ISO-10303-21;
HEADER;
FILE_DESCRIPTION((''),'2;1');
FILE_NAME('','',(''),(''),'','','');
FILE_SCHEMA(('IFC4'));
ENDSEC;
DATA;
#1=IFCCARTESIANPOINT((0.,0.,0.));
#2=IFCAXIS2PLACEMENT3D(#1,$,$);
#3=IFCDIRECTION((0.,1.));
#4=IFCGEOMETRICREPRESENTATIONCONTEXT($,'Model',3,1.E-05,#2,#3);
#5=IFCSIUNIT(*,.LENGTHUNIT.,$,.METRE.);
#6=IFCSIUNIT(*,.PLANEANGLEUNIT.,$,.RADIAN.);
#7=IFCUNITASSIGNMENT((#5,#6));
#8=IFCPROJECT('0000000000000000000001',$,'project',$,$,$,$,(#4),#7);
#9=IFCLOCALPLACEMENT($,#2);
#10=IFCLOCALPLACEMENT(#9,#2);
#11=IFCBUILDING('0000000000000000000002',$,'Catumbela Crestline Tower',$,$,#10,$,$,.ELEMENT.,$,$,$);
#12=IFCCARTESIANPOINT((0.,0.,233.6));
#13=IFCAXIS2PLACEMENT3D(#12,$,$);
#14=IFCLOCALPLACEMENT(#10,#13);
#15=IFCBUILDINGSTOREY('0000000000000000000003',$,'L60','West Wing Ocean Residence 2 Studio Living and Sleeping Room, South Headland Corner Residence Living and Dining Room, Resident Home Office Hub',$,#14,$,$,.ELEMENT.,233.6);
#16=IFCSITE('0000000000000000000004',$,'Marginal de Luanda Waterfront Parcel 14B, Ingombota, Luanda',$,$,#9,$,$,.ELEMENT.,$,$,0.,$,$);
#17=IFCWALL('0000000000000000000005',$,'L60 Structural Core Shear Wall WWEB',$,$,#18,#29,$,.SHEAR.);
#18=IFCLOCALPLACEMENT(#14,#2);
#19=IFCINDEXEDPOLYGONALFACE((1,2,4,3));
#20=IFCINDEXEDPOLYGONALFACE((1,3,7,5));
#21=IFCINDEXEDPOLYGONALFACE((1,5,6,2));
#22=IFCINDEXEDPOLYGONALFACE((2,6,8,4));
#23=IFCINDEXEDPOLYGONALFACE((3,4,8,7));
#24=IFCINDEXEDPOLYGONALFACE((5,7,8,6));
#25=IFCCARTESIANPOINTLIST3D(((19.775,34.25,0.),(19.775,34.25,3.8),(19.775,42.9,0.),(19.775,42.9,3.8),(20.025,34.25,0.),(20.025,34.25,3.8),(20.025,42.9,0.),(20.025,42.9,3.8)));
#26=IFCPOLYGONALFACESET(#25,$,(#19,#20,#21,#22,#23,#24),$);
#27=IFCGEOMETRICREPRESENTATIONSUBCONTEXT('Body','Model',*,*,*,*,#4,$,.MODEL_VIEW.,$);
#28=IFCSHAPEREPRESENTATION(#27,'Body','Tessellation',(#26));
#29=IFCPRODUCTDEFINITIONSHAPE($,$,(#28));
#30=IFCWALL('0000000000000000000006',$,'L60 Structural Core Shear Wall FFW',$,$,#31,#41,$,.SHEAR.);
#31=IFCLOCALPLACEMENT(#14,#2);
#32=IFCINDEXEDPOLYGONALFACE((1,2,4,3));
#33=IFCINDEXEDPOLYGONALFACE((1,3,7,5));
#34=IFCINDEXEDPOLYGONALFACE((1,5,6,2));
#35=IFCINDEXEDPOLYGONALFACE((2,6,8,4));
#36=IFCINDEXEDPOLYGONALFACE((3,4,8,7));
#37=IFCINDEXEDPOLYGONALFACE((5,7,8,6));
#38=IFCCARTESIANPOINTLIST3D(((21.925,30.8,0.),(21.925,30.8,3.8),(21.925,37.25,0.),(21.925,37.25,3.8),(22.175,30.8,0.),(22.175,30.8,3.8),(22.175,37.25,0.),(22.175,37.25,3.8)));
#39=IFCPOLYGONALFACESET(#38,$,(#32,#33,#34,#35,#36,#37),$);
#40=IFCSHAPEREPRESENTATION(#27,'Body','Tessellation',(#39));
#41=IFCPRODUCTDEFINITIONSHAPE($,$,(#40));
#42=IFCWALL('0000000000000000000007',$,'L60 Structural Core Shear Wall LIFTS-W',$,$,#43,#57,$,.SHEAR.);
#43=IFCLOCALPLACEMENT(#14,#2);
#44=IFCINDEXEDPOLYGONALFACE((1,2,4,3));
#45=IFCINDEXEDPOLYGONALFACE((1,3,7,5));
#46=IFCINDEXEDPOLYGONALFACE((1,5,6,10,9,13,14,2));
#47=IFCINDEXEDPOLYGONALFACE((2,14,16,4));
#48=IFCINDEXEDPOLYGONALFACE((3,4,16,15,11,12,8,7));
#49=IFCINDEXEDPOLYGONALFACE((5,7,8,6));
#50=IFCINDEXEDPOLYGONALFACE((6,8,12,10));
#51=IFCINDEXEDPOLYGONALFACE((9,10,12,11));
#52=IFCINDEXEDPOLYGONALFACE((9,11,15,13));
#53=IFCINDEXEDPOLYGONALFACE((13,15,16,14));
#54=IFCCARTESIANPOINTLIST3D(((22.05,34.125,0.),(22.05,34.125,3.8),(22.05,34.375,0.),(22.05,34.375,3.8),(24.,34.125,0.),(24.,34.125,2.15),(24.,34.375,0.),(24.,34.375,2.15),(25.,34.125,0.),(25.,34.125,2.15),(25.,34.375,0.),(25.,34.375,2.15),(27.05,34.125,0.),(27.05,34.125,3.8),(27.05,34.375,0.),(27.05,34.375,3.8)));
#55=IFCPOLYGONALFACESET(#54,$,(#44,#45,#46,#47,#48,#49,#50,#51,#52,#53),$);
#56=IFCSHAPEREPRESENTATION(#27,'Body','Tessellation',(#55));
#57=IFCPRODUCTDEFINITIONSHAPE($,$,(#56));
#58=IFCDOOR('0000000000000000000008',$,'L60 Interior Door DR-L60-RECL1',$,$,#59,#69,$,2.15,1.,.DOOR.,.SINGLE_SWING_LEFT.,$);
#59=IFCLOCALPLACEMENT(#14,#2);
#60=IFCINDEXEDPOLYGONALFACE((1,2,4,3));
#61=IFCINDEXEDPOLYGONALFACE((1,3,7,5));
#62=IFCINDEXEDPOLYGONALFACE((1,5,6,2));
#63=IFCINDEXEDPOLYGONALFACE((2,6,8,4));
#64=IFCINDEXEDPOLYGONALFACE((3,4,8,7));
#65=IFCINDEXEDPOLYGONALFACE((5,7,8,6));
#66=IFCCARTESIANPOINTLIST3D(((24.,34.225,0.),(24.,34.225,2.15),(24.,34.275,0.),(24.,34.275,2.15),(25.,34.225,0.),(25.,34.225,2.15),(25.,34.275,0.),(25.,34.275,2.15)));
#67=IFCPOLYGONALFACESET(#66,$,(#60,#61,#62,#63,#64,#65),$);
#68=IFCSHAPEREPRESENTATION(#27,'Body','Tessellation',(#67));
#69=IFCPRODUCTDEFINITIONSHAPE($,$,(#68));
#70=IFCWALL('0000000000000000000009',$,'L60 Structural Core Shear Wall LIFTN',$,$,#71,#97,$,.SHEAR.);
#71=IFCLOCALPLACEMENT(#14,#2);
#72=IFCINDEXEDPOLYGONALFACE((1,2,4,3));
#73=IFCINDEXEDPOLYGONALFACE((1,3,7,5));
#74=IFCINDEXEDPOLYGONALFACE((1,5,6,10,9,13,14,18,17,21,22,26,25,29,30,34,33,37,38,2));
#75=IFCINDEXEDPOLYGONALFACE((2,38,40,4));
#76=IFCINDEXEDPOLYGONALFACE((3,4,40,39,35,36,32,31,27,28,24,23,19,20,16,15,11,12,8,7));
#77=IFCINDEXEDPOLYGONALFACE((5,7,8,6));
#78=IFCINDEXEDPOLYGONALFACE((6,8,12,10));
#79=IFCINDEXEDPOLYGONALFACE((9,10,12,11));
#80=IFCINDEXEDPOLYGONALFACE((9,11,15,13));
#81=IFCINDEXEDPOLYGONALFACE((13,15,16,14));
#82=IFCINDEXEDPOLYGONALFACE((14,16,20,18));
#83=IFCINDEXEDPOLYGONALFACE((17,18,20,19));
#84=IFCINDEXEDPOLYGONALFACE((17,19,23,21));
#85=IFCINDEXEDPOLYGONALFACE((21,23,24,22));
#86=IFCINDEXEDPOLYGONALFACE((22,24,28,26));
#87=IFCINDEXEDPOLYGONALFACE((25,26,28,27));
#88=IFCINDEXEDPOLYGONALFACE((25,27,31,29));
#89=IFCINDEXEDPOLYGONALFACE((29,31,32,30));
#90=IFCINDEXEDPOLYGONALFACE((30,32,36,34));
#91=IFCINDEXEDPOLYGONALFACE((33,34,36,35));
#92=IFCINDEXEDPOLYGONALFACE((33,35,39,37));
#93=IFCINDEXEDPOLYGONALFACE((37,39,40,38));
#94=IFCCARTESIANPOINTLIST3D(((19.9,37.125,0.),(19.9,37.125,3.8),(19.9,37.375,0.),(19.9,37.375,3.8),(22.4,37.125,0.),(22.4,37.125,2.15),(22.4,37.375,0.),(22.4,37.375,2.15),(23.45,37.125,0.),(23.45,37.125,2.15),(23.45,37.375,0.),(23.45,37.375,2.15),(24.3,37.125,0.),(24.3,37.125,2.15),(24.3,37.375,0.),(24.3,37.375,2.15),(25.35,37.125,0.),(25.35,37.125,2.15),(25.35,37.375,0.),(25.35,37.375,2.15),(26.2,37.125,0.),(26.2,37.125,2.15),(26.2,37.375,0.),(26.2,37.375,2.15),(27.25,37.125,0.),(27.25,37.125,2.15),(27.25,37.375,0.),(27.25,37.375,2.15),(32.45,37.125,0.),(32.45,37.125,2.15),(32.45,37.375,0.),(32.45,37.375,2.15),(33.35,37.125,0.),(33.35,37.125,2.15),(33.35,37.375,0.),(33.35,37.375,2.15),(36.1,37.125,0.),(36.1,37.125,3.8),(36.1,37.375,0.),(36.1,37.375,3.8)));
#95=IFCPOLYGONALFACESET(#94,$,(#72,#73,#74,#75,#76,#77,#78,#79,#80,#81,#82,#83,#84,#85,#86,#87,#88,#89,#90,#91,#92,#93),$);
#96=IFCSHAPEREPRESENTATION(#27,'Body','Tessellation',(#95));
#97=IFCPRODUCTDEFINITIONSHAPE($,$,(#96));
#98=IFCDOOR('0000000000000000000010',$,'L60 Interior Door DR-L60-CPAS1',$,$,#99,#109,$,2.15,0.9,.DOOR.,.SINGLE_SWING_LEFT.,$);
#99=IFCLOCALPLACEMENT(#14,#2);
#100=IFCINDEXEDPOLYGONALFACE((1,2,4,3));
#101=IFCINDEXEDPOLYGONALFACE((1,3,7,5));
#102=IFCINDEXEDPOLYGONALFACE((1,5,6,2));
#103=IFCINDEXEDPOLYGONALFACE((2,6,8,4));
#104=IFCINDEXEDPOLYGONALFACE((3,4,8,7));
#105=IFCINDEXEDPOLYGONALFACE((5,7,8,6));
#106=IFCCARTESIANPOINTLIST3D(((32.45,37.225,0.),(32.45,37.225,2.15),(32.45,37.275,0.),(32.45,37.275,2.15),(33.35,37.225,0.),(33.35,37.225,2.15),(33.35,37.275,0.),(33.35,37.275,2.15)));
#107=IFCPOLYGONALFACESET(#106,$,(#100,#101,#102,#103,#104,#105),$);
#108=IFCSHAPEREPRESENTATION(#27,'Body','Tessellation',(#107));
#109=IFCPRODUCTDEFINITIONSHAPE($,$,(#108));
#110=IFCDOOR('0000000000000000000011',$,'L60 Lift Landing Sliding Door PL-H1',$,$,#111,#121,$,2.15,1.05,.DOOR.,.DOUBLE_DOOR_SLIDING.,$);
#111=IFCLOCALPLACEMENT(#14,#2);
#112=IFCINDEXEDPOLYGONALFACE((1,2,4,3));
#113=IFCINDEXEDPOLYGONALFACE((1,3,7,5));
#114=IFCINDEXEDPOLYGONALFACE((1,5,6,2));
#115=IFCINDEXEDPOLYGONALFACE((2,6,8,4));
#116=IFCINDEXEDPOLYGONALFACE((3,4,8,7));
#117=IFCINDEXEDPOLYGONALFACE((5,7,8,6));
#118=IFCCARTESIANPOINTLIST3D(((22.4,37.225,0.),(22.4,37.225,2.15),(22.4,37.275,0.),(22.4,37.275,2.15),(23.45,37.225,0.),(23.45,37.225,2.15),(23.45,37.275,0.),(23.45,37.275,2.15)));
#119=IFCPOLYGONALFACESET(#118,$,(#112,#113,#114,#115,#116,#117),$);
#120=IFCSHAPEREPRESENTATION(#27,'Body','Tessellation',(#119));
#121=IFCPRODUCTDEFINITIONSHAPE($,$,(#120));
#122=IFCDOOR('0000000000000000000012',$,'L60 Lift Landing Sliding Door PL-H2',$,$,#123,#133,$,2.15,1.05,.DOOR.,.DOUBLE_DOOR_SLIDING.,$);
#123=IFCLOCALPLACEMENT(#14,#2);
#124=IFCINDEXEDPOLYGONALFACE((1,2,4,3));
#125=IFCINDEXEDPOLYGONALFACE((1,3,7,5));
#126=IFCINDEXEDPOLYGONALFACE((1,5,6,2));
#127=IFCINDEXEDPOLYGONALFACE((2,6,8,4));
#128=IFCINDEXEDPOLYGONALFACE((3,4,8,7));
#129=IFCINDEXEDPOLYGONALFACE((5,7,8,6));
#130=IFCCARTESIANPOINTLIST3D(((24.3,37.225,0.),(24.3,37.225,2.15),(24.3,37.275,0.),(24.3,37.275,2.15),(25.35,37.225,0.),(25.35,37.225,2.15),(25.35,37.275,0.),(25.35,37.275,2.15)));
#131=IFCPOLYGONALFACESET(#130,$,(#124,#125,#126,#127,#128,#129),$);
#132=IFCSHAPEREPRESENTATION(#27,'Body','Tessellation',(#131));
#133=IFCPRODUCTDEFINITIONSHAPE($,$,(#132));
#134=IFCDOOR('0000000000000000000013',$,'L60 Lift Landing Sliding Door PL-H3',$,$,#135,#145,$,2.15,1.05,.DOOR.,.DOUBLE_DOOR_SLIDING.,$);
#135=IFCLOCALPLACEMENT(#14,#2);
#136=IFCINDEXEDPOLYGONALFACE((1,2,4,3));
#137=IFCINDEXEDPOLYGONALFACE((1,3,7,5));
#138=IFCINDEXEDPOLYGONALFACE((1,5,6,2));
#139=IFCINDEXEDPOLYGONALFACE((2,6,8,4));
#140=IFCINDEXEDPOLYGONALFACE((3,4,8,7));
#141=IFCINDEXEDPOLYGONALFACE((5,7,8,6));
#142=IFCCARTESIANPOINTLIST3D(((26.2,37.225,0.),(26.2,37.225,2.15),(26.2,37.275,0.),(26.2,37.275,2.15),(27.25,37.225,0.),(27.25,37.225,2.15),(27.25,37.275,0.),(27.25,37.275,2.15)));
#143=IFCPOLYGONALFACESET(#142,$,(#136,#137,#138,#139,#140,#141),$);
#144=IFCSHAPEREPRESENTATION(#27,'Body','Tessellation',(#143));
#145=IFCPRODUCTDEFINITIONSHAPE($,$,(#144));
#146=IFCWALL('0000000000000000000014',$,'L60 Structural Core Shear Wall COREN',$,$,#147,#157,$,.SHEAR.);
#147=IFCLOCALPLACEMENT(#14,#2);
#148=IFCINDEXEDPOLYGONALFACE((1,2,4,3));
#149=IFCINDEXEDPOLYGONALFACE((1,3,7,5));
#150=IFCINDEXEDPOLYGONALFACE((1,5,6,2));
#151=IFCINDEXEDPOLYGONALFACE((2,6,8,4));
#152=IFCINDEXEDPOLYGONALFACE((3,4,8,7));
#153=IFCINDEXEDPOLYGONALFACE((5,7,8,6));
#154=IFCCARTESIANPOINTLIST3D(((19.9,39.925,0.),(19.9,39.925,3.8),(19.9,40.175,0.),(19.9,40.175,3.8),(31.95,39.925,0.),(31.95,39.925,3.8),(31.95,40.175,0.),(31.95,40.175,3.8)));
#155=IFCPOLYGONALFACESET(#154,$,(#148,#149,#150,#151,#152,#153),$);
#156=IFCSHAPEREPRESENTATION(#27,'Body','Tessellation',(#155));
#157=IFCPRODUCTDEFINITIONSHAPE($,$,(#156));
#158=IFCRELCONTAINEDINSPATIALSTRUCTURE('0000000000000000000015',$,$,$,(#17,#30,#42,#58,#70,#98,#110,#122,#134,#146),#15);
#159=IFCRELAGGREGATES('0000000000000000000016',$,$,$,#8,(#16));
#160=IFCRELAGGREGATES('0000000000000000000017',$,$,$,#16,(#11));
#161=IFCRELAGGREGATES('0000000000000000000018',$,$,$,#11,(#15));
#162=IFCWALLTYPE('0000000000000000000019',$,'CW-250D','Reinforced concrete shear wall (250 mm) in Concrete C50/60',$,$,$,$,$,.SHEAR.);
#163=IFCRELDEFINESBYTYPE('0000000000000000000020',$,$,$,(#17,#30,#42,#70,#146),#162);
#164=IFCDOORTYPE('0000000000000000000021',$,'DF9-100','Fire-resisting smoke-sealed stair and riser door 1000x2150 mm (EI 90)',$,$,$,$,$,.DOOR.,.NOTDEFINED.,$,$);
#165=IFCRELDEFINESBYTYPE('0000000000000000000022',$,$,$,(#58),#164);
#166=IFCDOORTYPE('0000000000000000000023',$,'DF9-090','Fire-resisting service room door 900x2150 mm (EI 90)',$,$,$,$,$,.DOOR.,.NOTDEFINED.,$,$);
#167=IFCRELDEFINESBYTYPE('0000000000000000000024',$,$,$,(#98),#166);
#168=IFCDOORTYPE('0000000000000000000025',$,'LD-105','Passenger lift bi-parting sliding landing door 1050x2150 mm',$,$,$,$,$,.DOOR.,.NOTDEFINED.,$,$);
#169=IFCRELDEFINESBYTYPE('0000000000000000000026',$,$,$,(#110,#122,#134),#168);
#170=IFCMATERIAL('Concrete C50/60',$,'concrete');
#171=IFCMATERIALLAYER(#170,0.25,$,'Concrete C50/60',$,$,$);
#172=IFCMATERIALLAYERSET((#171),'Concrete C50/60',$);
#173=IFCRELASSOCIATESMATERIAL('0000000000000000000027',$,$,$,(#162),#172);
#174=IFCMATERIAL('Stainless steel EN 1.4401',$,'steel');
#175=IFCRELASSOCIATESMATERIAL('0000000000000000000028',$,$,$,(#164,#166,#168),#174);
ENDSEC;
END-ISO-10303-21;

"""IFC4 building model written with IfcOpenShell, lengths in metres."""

from ifc_helpers import new_model, si_unit, direction, frame, frame_2d, origin, place, context, subcontext, project, spatial, rectangle, extrude, material, layer, layer_set, type_object, element, fill, save


model = new_model("IFC4")

# Units and contexts
model_context = context("Model", 3, precision=1e-05, world=origin(), true_north=direction((0.0, 1.0)))
body_context = subcontext(model_context, "Body", "Model", "MODEL_VIEW")
ifc_project = project(units=[si_unit("LENGTHUNIT", "METRE"), si_unit("PLANEANGLEUNIT", "RADIAN")], contexts=[model_context])

# Site, building, storey
site_placement = place(None, origin())
site = spatial("IfcSite", under=ifc_project, at=site_placement, Name="Marginal de Luanda Waterfront Parcel 14B, Ingombota, Luanda", CompositionType="ELEMENT", RefElevation=0.0)
building_placement = place(site_placement, origin())
building = spatial("IfcBuilding", under=site, at=building_placement, Name="Catumbela Crestline Tower", CompositionType="ELEMENT")
storey_placement = place(building_placement, frame((0.0, 0.0, 233.6)))
storey = spatial("IfcBuildingStorey", under=building, at=storey_placement, Name="L60", Description="West Wing Ocean Residence 2 Studio Living and Sleeping Room, South Headland Corner Residence Living and Dining Room, Resident Home Office Hub", CompositionType="ELEMENT", Elevation=233.6)

# Walls
ifc_material_1 = material(Name="Concrete C50/60", Category="concrete")
ifc_layer_1 = layer(ifc_material_1, 0.25, Name="Concrete C50/60")
ifc_layer_set_1 = layer_set([ifc_layer_1], Name="Concrete C50/60")
wall_type_1 = type_object("IfcWallType", Name="CW-250D", Description="Reinforced concrete shear wall (250 mm) in Concrete C50/60", PredefinedType="SHEAR", material=ifc_layer_set_1)
wall_1_placement = place(storey_placement, frame((19.9, 34.25, 0.0), z_axis=(0.0, 0.0, 1.0), x_axis=(0.0, 1.0, 0.0)))
element("IfcWall", 1, at=wall_1_placement, inside=storey, type_object=wall_type_1, Name="L60 Structural Core Shear Wall WWEB", PredefinedType="SHEAR", context=body_context, shape_type="SweptSolid", body=[
    extrude(rectangle(XDim=8.65, YDim=0.25, at=frame_2d((4.325, 0.0))), origin(), (0.0, 0.0, 1.0), 3.8),
])
wall_2_placement = place(storey_placement, frame((22.05, 30.8, 0.0), z_axis=(0.0, 0.0, 1.0), x_axis=(0.0, 1.0, 0.0)))
element("IfcWall", 2, at=wall_2_placement, inside=storey, type_object=wall_type_1, Name="L60 Structural Core Shear Wall FFW", PredefinedType="SHEAR", context=body_context, shape_type="SweptSolid", body=[
    extrude(rectangle(XDim=6.45, YDim=0.25, at=frame_2d((3.225, 0.0))), origin(), (0.0, 0.0, 1.0), 3.8),
])

# Wall, opening, door
wall_3_placement = place(storey_placement, frame((22.05, 34.25, 0.0), z_axis=(0.0, 0.0, 1.0), x_axis=(1.0, 0.0, 0.0)))
wall_3 = element("IfcWall", 3, at=wall_3_placement, inside=storey, type_object=wall_type_1, Name="L60 Structural Core Shear Wall LIFTS-W", PredefinedType="SHEAR", context=body_context, shape_type="SweptSolid", body=[
    extrude(rectangle(XDim=5.0, YDim=0.25, at=frame_2d((2.5, 0.0))), origin(), (0.0, 0.0, 1.0), 3.8),
])
opening_1_placement = place(wall_3_placement, frame((1.95, 0.0, 0.0)))
opening_1 = element("IfcOpeningElement", 4, at=opening_1_placement, cuts=wall_3, PredefinedType="OPENING", context=body_context, shape_type="SweptSolid", body=[
    extrude(rectangle(XDim=1.0, YDim=2.15, at=frame_2d((0.5, 1.075))), frame((0.0, 0.135, 0.0), z_axis=(0.0, -1.0, 0.0), x_axis=(1.0, 0.0, 0.0)), (0.0, 0.0, 1.0), 0.27),
])
ifc_material_2 = material(Name="Stainless steel EN 1.4401", Category="steel")
door_type_1 = type_object("IfcDoorType", Name="DF9-100", Description="Fire-resisting smoke-sealed stair and riser door 1000x2150 mm (EI 90)", OperationType="NOTDEFINED", PredefinedType="DOOR", material=ifc_material_2)
door_1_placement = place(opening_1_placement, origin())
door_1 = element("IfcDoor", 5, at=door_1_placement, inside=storey, type_object=door_type_1, Name="L60 Interior Door DR-L60-RECL1", OperationType="SINGLE_SWING_LEFT", OverallHeight=2.15, OverallWidth=1.0, PredefinedType="DOOR", context=body_context, shape_type="SweptSolid", body=[
    extrude(rectangle(XDim=1.0, YDim=2.15, at=frame_2d((0.5, 1.075))), frame((0.0, 0.025, 0.0), z_axis=(0.0, -1.0, 0.0), x_axis=(1.0, 0.0, 0.0)), (0.0, 0.0, 1.0), 0.05),
])
fill(opening_1, door_1)

# Wall, openings, doors
wall_4_placement = place(storey_placement, frame((19.9, 37.25, 0.0), z_axis=(0.0, 0.0, 1.0), x_axis=(1.0, 0.0, 0.0)))
wall_4 = element("IfcWall", 6, at=wall_4_placement, inside=storey, type_object=wall_type_1, Name="L60 Structural Core Shear Wall LIFTN", PredefinedType="SHEAR", context=body_context, shape_type="SweptSolid", body=[
    extrude(rectangle(XDim=16.2, YDim=0.25, at=frame_2d((8.1, 0.0))), origin(), (0.0, 0.0, 1.0), 3.8),
])
opening_2_placement = place(wall_4_placement, frame((12.55, 0.0, 0.0)))
opening_2 = element("IfcOpeningElement", 7, at=opening_2_placement, cuts=wall_4, PredefinedType="OPENING", context=body_context, shape_type="SweptSolid", body=[
    extrude(rectangle(XDim=0.9, YDim=2.15, at=frame_2d((0.45, 1.075))), frame((0.0, 0.135, 0.0), z_axis=(0.0, -1.0, 0.0), x_axis=(1.0, 0.0, 0.0)), (0.0, 0.0, 1.0), 0.27),
])
opening_3_placement = place(wall_4_placement, frame((2.5, 0.0, 0.0)))
opening_3 = element("IfcOpeningElement", 8, at=opening_3_placement, cuts=wall_4, PredefinedType="OPENING", context=body_context, shape_type="SweptSolid", body=[
    extrude(rectangle(XDim=1.05, YDim=2.15, at=frame_2d((0.525, 1.075))), frame((0.0, 0.135, 0.0), z_axis=(0.0, -1.0, 0.0), x_axis=(1.0, 0.0, 0.0)), (0.0, 0.0, 1.0), 0.27),
])
opening_4_placement = place(wall_4_placement, frame((4.4, 0.0, 0.0)))
opening_4 = element("IfcOpeningElement", 9, at=opening_4_placement, cuts=wall_4, PredefinedType="OPENING", context=body_context, shape_type="SweptSolid", body=[
    extrude(rectangle(XDim=1.05, YDim=2.15, at=frame_2d((0.525, 1.075))), frame((0.0, 0.135, 0.0), z_axis=(0.0, -1.0, 0.0), x_axis=(1.0, 0.0, 0.0)), (0.0, 0.0, 1.0), 0.27),
])
opening_5_placement = place(wall_4_placement, frame((6.3, 0.0, 0.0)))
opening_5 = element("IfcOpeningElement", 10, at=opening_5_placement, cuts=wall_4, PredefinedType="OPENING", context=body_context, shape_type="SweptSolid", body=[
    extrude(rectangle(XDim=1.05, YDim=2.15, at=frame_2d((0.525, 1.075))), frame((0.0, 0.135, 0.0), z_axis=(0.0, -1.0, 0.0), x_axis=(1.0, 0.0, 0.0)), (0.0, 0.0, 1.0), 0.27),
])
door_type_2 = type_object("IfcDoorType", Name="DF9-090", Description="Fire-resisting service room door 900x2150 mm (EI 90)", OperationType="NOTDEFINED", PredefinedType="DOOR", material=ifc_material_2)
door_2_placement = place(opening_2_placement, origin())
door_2 = element("IfcDoor", 11, at=door_2_placement, inside=storey, type_object=door_type_2, Name="L60 Interior Door DR-L60-CPAS1", OperationType="SINGLE_SWING_LEFT", OverallHeight=2.15, OverallWidth=0.9, PredefinedType="DOOR", context=body_context, shape_type="SweptSolid", body=[
    extrude(rectangle(XDim=0.9, YDim=2.15, at=frame_2d((0.45, 1.075))), frame((0.0, 0.025, 0.0), z_axis=(0.0, -1.0, 0.0), x_axis=(1.0, 0.0, 0.0)), (0.0, 0.0, 1.0), 0.05),
])
fill(opening_2, door_2)
door_type_3 = type_object("IfcDoorType", Name="LD-105", Description="Passenger lift bi-parting sliding landing door 1050x2150 mm", OperationType="NOTDEFINED", PredefinedType="DOOR", material=ifc_material_2)
door_3_placement = place(opening_3_placement, origin())
door_3 = element("IfcDoor", 12, at=door_3_placement, inside=storey, type_object=door_type_3, Name="L60 Lift Landing Sliding Door PL-H1", OperationType="DOUBLE_DOOR_SLIDING", OverallHeight=2.15, OverallWidth=1.05, PredefinedType="DOOR", context=body_context, shape_type="SweptSolid", body=[
    extrude(rectangle(XDim=1.05, YDim=2.15, at=frame_2d((0.525, 1.075))), frame((0.0, 0.025, 0.0), z_axis=(0.0, -1.0, 0.0), x_axis=(1.0, 0.0, 0.0)), (0.0, 0.0, 1.0), 0.05),
])
fill(opening_3, door_3)
door_4_placement = place(opening_4_placement, origin())
door_4 = element("IfcDoor", 13, at=door_4_placement, inside=storey, type_object=door_type_3, Name="L60 Lift Landing Sliding Door PL-H2", OperationType="DOUBLE_DOOR_SLIDING", OverallHeight=2.15, OverallWidth=1.05, PredefinedType="DOOR", context=body_context, shape_type="SweptSolid", body=[
    extrude(rectangle(XDim=1.05, YDim=2.15, at=frame_2d((0.525, 1.075))), frame((0.0, 0.025, 0.0), z_axis=(0.0, -1.0, 0.0), x_axis=(1.0, 0.0, 0.0)), (0.0, 0.0, 1.0), 0.05),
])
fill(opening_4, door_4)
door_5_placement = place(opening_5_placement, origin())
door_5 = element("IfcDoor", 14, at=door_5_placement, inside=storey, type_object=door_type_3, Name="L60 Lift Landing Sliding Door PL-H3", OperationType="DOUBLE_DOOR_SLIDING", OverallHeight=2.15, OverallWidth=1.05, PredefinedType="DOOR", context=body_context, shape_type="SweptSolid", body=[
    extrude(rectangle(XDim=1.05, YDim=2.15, at=frame_2d((0.525, 1.075))), frame((0.0, 0.025, 0.0), z_axis=(0.0, -1.0, 0.0), x_axis=(1.0, 0.0, 0.0)), (0.0, 0.0, 1.0), 0.05),
])
fill(opening_5, door_5)

# Wall
wall_5_placement = place(storey_placement, frame((19.9, 40.05, 0.0), z_axis=(0.0, 0.0, 1.0), x_axis=(1.0, 0.0, 0.0)))
element("IfcWall", 15, at=wall_5_placement, inside=storey, type_object=wall_type_1, Name="L60 Structural Core Shear Wall COREN", PredefinedType="SHEAR", context=body_context, shape_type="SweptSolid", body=[
    extrude(rectangle(XDim=12.05, YDim=0.25, at=frame_2d((6.025, 0.0))), origin(), (0.0, 0.0, 1.0), 3.8),
])

save(model, "model.ifc")
